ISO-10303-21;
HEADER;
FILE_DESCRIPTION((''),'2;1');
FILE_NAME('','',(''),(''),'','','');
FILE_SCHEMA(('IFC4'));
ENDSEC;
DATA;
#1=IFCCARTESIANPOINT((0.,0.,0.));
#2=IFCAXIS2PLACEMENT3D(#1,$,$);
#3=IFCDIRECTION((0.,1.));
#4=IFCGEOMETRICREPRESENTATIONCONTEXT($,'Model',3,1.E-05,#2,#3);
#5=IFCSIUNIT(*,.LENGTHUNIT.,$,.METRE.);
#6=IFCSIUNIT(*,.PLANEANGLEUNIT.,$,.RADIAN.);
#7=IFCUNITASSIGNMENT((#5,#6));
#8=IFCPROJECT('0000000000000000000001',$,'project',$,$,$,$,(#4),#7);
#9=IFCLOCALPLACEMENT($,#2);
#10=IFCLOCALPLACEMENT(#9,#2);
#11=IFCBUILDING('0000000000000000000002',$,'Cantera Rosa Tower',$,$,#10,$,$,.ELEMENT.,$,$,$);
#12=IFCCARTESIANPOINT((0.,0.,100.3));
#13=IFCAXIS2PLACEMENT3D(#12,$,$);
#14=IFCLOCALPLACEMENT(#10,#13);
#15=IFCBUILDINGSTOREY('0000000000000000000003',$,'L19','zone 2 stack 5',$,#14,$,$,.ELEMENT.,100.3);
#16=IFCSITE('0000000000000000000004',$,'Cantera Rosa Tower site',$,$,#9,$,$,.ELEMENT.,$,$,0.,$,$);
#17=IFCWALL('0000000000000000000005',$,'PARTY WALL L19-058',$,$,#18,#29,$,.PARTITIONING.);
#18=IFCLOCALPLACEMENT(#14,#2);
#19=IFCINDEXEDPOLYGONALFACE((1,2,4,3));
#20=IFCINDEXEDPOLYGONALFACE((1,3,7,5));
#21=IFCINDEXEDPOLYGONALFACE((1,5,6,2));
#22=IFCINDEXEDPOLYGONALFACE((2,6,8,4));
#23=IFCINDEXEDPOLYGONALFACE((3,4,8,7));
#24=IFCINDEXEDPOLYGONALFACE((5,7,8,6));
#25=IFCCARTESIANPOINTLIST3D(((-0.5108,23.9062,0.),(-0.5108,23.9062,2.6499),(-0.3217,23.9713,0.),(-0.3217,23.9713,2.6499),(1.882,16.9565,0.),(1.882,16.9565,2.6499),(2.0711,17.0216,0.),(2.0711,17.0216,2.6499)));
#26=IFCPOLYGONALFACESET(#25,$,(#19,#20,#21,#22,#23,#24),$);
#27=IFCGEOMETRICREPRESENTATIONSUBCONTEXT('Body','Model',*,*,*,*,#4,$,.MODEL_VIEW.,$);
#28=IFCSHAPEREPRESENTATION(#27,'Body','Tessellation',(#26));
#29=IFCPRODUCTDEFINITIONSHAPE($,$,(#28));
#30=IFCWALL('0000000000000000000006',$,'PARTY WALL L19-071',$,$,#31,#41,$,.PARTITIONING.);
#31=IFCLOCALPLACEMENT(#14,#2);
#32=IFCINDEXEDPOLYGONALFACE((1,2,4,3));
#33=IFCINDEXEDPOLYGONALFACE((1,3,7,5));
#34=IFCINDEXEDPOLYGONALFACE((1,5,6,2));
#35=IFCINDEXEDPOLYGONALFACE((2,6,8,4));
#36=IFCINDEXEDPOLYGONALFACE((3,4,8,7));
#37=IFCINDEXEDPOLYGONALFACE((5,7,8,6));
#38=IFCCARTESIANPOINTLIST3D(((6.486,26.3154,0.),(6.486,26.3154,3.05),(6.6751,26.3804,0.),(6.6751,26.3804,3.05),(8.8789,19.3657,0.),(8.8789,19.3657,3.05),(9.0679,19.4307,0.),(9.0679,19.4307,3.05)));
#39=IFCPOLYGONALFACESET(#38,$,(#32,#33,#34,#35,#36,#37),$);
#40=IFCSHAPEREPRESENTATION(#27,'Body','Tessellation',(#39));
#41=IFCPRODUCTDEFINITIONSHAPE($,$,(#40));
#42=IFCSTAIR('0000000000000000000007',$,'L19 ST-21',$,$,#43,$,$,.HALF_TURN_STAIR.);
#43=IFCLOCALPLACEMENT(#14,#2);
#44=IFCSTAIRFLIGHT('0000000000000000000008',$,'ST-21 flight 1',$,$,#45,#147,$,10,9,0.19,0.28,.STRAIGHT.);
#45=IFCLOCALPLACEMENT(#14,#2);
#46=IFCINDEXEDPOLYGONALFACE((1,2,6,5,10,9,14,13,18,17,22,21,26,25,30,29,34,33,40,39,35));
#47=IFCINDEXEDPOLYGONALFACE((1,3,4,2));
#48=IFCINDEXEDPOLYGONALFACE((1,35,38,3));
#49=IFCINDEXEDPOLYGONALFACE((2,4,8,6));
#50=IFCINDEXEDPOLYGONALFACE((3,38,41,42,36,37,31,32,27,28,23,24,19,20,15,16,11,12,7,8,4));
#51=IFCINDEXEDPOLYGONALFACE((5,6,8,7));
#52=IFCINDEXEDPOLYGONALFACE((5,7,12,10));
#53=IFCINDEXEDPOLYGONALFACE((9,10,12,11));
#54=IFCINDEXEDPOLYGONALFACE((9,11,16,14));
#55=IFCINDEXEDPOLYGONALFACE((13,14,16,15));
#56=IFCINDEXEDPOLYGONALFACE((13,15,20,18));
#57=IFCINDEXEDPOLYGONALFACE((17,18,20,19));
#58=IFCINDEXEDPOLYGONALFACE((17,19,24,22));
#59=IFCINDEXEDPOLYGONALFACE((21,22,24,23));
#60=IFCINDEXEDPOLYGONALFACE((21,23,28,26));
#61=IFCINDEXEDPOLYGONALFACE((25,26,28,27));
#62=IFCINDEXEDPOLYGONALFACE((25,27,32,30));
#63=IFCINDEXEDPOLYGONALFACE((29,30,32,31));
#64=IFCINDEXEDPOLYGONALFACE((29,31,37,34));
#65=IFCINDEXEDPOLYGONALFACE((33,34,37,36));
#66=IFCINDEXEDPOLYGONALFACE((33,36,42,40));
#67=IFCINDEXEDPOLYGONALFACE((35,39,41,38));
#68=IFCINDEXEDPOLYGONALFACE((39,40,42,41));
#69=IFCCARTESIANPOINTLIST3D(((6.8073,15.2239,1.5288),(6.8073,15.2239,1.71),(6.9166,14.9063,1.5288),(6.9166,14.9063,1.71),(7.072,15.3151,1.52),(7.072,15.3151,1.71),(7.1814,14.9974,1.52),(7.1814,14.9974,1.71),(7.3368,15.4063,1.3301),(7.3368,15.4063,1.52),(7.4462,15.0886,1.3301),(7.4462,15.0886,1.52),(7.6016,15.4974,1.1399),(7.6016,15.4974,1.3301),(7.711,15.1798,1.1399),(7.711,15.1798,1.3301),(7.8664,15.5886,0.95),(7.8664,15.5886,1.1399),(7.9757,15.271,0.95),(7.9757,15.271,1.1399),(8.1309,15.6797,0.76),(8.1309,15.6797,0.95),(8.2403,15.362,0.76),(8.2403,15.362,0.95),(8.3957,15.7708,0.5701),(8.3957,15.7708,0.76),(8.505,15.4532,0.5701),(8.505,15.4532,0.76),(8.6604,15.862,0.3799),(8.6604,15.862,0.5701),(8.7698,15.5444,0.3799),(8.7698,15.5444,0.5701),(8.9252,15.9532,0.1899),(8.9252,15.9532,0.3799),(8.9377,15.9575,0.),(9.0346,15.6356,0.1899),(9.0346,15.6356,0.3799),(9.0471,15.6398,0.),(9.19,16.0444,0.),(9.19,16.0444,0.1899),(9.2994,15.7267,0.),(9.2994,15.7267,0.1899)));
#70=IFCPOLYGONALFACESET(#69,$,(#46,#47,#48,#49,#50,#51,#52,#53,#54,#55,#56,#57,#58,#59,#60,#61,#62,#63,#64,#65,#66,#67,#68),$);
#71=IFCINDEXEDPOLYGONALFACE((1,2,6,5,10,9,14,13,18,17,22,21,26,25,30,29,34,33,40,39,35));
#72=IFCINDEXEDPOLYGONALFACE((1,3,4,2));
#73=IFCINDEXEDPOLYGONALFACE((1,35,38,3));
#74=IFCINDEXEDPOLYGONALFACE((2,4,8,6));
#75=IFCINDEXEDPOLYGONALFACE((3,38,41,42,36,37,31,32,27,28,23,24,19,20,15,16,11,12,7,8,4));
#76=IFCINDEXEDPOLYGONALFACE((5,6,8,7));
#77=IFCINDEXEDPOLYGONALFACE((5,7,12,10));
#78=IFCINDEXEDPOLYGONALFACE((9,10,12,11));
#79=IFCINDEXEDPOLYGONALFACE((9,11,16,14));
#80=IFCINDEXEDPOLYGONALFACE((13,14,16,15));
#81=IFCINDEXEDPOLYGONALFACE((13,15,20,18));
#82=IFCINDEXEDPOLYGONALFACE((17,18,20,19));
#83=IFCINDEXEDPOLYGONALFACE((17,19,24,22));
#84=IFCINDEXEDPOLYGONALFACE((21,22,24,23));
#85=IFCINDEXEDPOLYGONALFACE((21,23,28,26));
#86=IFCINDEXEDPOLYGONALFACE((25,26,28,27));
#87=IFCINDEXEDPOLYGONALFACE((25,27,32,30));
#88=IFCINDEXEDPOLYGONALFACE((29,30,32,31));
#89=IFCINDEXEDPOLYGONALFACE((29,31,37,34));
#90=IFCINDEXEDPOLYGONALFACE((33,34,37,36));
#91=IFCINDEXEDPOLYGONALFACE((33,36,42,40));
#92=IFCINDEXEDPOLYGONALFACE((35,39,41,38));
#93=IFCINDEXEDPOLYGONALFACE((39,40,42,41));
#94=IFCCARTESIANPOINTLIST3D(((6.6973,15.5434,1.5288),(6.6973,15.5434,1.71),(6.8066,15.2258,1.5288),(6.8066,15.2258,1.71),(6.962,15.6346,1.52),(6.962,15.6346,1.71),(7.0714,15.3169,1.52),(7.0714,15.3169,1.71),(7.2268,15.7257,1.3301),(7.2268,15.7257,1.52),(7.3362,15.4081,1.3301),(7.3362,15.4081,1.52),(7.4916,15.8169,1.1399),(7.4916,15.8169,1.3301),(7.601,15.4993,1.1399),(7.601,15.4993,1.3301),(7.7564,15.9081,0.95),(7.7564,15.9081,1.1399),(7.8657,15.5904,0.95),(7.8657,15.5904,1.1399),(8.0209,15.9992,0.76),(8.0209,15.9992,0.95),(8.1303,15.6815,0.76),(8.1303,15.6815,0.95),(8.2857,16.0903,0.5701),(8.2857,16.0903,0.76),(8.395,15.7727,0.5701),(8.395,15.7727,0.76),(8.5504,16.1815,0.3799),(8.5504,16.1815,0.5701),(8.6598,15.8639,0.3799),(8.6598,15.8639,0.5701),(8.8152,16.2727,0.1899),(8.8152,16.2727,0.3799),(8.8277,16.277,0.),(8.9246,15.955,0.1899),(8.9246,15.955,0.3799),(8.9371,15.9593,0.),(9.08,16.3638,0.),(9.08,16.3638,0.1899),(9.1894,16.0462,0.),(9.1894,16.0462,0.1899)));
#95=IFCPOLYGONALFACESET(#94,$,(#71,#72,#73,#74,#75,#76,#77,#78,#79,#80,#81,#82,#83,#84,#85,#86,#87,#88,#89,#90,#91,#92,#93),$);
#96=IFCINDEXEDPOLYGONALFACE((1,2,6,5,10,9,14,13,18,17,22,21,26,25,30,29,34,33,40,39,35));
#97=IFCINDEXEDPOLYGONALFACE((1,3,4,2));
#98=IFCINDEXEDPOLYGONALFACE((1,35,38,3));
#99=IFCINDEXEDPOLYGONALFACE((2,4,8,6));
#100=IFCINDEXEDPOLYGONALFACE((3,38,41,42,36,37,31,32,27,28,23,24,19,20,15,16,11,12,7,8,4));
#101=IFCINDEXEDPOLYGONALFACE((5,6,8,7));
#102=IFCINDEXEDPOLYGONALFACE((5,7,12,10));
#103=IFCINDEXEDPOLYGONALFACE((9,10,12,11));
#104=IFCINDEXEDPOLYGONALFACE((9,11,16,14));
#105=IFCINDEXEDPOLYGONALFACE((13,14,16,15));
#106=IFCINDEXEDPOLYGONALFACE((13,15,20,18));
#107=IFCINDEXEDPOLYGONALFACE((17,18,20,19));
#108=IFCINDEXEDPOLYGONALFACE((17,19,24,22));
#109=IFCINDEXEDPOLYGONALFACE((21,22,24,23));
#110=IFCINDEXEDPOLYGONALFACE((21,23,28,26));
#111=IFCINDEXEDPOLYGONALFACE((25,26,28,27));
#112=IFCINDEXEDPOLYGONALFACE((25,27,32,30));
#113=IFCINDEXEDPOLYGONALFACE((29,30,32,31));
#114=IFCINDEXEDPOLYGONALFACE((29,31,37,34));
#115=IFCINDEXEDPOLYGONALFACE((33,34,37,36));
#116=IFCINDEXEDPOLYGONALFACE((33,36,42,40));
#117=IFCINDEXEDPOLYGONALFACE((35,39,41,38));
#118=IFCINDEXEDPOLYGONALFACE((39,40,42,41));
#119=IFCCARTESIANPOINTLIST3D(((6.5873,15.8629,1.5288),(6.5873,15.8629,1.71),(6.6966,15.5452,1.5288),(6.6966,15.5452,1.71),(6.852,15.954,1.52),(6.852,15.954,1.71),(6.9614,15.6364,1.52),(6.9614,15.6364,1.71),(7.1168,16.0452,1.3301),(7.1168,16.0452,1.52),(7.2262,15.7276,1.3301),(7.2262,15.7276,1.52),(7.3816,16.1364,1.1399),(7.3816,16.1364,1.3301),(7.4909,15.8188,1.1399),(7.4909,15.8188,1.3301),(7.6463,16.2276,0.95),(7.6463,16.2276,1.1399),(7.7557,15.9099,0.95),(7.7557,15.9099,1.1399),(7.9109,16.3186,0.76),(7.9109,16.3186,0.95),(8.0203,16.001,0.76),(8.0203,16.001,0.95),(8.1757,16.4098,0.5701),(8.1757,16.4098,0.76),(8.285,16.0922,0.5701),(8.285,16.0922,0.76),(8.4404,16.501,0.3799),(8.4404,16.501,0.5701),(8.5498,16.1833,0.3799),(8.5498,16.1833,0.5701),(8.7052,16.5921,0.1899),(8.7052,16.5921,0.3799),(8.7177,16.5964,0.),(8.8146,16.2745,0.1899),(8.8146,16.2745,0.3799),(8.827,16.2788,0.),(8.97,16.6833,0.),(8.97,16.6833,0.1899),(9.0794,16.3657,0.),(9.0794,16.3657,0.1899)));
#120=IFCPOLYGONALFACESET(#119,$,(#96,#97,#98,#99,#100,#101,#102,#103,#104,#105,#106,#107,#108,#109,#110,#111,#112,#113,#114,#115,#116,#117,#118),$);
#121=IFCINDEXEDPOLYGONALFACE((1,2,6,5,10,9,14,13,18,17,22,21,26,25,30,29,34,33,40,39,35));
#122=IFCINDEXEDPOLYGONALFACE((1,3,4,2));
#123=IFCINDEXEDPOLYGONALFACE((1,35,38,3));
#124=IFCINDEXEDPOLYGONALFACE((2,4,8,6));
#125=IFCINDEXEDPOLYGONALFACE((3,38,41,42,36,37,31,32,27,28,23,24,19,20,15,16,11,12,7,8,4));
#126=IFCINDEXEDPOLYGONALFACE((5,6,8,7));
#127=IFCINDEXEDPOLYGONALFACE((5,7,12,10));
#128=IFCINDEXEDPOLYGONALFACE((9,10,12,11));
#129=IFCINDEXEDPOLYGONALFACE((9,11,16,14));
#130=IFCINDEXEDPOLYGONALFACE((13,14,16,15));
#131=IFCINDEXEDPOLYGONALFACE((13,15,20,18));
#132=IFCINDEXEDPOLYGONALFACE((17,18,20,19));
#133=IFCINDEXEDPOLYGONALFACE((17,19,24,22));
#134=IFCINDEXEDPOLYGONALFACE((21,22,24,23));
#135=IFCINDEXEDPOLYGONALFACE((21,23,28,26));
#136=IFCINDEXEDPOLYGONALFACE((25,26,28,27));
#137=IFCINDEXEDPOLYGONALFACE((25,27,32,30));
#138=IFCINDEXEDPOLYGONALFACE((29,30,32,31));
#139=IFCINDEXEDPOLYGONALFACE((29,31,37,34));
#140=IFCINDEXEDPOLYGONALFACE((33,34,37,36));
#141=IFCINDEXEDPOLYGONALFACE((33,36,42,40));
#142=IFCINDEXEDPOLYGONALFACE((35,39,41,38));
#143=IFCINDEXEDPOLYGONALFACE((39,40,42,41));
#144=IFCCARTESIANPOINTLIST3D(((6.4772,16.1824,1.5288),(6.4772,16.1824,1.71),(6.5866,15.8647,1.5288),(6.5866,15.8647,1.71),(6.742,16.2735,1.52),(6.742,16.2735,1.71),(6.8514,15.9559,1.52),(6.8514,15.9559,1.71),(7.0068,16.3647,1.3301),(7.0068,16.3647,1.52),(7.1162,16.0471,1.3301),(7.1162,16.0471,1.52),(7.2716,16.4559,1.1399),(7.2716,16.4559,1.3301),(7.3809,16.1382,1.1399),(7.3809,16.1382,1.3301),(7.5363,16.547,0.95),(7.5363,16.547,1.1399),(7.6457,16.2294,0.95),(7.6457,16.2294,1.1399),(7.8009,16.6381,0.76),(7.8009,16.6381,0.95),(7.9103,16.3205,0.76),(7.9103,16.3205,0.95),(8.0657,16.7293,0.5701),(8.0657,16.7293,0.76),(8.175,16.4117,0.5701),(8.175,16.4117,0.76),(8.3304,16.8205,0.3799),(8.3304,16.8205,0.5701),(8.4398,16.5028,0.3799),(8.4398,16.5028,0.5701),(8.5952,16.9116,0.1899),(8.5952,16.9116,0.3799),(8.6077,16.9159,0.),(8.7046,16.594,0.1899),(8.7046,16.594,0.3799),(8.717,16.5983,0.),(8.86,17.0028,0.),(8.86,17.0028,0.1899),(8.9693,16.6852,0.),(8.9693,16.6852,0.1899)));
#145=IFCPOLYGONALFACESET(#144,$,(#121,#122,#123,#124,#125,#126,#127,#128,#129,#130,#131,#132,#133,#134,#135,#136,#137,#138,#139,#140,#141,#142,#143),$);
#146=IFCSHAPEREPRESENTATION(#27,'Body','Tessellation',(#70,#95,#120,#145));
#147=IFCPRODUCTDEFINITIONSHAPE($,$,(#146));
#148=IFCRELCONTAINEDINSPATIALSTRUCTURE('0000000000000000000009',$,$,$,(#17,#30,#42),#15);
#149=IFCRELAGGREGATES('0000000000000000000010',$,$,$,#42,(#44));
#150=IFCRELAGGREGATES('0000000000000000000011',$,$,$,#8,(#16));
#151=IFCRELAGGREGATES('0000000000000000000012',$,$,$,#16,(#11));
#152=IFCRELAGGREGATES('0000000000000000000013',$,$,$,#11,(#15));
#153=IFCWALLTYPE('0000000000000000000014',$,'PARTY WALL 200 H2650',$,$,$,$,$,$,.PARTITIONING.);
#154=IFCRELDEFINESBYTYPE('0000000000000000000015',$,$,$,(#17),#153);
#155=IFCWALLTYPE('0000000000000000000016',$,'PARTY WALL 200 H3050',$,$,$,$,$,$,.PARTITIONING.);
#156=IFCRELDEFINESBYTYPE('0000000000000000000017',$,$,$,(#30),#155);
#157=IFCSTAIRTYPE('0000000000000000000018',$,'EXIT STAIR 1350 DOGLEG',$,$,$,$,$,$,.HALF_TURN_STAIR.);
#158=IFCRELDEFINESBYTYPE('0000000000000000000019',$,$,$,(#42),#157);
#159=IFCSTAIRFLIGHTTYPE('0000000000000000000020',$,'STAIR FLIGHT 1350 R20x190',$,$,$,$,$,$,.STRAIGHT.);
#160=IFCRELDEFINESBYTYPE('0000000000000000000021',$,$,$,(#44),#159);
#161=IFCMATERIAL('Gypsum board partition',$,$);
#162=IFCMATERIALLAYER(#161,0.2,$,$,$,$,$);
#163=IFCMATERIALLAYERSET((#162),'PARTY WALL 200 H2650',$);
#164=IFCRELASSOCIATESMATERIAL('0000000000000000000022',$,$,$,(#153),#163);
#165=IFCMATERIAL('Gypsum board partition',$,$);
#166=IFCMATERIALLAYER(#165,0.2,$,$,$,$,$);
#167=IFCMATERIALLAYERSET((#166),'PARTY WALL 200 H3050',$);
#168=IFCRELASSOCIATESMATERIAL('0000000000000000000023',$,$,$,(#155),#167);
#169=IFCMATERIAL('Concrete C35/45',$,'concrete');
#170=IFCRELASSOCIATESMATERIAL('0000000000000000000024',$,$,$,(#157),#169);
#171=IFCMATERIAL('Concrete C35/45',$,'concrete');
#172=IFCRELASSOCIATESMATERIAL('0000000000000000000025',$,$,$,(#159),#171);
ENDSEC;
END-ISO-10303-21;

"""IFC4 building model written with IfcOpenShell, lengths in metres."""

from ifc_helpers import new_model, si_unit, direction, frame, frame_2d, origin, place, context, subcontext, project, spatial, polyline, rectangle, outline, extrude, material, layer, layer_set, type_object, element, aggregate, save


model = new_model("IFC4")

# Units and contexts
model_context = context("Model", 3, precision=1e-05, world=origin(), true_north=direction((0.0, 1.0)))
body_context = subcontext(model_context, "Body", "Model", "MODEL_VIEW")
ifc_project = project(units=[si_unit("LENGTHUNIT", "METRE"), si_unit("PLANEANGLEUNIT", "RADIAN")], contexts=[model_context])

# Site, building, storey
site_placement = place(None, origin())
site = spatial("IfcSite", under=ifc_project, at=site_placement, Name="Cantera Rosa Tower site", CompositionType="ELEMENT", RefElevation=0.0)
building_placement = place(site_placement, origin())
building = spatial("IfcBuilding", under=site, at=building_placement, Name="Cantera Rosa Tower", CompositionType="ELEMENT")
storey_placement = place(building_placement, frame((0.0, 0.0, 100.3)))
storey = spatial("IfcBuildingStorey", under=building, at=storey_placement, Name="L19", Description="zone 2 stack 5", CompositionType="ELEMENT", Elevation=100.3)

# Walls
ifc_material_1 = material(Name="Gypsum board partition")
ifc_layer_1 = layer(ifc_material_1, 0.2)
ifc_layer_set_1 = layer_set([ifc_layer_1], Name="PARTY WALL 200 H2650")
wall_type_1 = type_object("IfcWallType", Name="PARTY WALL 200 H2650", PredefinedType="PARTITIONING", material=ifc_layer_set_1)
wall_1_placement = place(storey_placement, frame((1.9766, 16.989, 0.0), z_axis=(0.0, 0.0, 1.0), x_axis=(-0.325549, 0.945525, 0.0)))
element("IfcWall", 1, at=wall_1_placement, inside=storey, type_object=wall_type_1, Name="PARTY WALL L19-058", PredefinedType="PARTITIONING", context=body_context, shape_type="SweptSolid", body=[
    extrude(rectangle(XDim=7.3501, YDim=0.2, at=frame_2d((3.675, 0.0))), origin(), (0.0, 0.0, 1.0), 2.6499),
])
ifc_material_2 = material(Name="Gypsum board partition")
ifc_layer_2 = layer(ifc_material_2, 0.2)
ifc_layer_set_2 = layer_set([ifc_layer_2], Name="PARTY WALL 200 H3050")
wall_type_2 = type_object("IfcWallType", Name="PARTY WALL 200 H3050", PredefinedType="PARTITIONING", material=ifc_layer_set_2)
wall_2_placement = place(storey_placement, frame((6.5806, 26.3479, 0.0), z_axis=(0.0, 0.0, 1.0), x_axis=(0.325549, -0.945525, 0.0)))
element("IfcWall", 2, at=wall_2_placement, inside=storey, type_object=wall_type_2, Name="PARTY WALL L19-071", PredefinedType="PARTITIONING", context=body_context, shape_type="SweptSolid", body=[
    extrude(rectangle(XDim=7.3501, YDim=0.2, at=frame_2d((3.675, 0.0))), origin(), (0.0, 0.0, 1.0), 3.05),
])

# Stair, stair flight
ifc_material_3 = material(Name="Concrete C35/45", Category="concrete")
stair_type = type_object("IfcStairType", Name="EXIT STAIR 1350 DOGLEG", PredefinedType="HALF_TURN_STAIR", material=ifc_material_3)
stair_placement = place(storey_placement, origin())
stair = element("IfcStair", 3, at=stair_placement, inside=storey, type_object=stair_type, Name="L19 ST-21", PredefinedType="HALF_TURN_STAIR")
ifc_material_4 = material(Name="Concrete C35/45", Category="concrete")
stair_flight_type = type_object("IfcStairFlightType", Name="STAIR FLIGHT 1350 R20x190", PredefinedType="STRAIGHT", material=ifc_material_4)
stair_flight_placement = place(storey_placement, frame((9.0796, 16.365, 0.0), z_axis=(0.0, 0.0, 1.0), x_axis=(-0.945519, -0.325568, 0.0)))
stair_flight = element("IfcStairFlight", 4, at=stair_flight_placement, type_object=stair_flight_type, Name="ST-21 flight 1", NumberOfRisers=10, NumberOfTreads=9, PredefinedType="STRAIGHT", RiserHeight=0.19, TreadLength=0.28, context=body_context, shape_type="SweptSolid", body=[
    extrude(outline(polyline([(0.0, 0.0), (0.0, 0.1899), (0.28, 0.1899), (0.28, 0.3799), (0.5601, 0.3799), (0.5601, 0.5701), (0.8401, 0.5701), (0.8401, 0.76), (1.1201, 0.76), (1.1201, 0.95), (1.3999, 0.95), (1.3999, 1.1399), (1.6799, 1.1399), (1.6799, 1.3301), (1.96, 1.3301), (1.96, 1.52), (2.24, 1.52), (2.24, 1.71), (2.52, 1.71), (2.52, 1.8999), (2.52, 1.5288), (0.2668, 0.0), (0.0, 0.0)])), frame((0.0, 0.675, 0.0), z_axis=(0.0, -1.0, 0.0), x_axis=(1.0, 0.0, 0.0)), (0.0, 0.0, 1.0), 0.3359),
    extrude(outline(polyline([(0.0, 0.0), (0.0, 0.1899), (0.28, 0.1899), (0.28, 0.3799), (0.5601, 0.3799), (0.5601, 0.5701), (0.8401, 0.5701), (0.8401, 0.76), (1.1201, 0.76), (1.1201, 0.95), (1.3999, 0.95), (1.3999, 1.1399), (1.6799, 1.1399), (1.6799, 1.3301), (1.96, 1.3301), (1.96, 1.52), (2.24, 1.52), (2.24, 1.71), (2.52, 1.71), (2.52, 1.8999), (2.52, 1.5288), (0.2668, 0.0), (0.0, 0.0)])), frame((0.0, 0.3372, 0.0), z_axis=(0.0, -1.0, 0.0), x_axis=(1.0, 0.0, 0.0)), (0.0, 0.0, 1.0), 0.3359),
    extrude(outline(polyline([(0.0, 0.0), (0.0, 0.1899), (0.28, 0.1899), (0.28, 0.3799), (0.5601, 0.3799), (0.5601, 0.5701), (0.8401, 0.5701), (0.8401, 0.76), (1.1201, 0.76), (1.1201, 0.95), (1.3999, 0.95), (1.3999, 1.1399), (1.6799, 1.1399), (1.6799, 1.3301), (1.96, 1.3301), (1.96, 1.52), (2.24, 1.52), (2.24, 1.71), (2.52, 1.71), (2.52, 1.8999), (2.52, 1.5288), (0.2668, 0.0), (0.0, 0.0)])), frame((0.0, -0.0007, 0.0), z_axis=(0.0, -1.0, 0.0), x_axis=(1.0, 0.0, 0.0)), (0.0, 0.0, 1.0), 0.3359),
    extrude(outline(polyline([(0.0, 0.0), (0.0, 0.1899), (0.28, 0.1899), (0.28, 0.3799), (0.5601, 0.3799), (0.5601, 0.5701), (0.8401, 0.5701), (0.8401, 0.76), (1.1201, 0.76), (1.1201, 0.95), (1.3999, 0.95), (1.3999, 1.1399), (1.6799, 1.1399), (1.6799, 1.3301), (1.96, 1.3301), (1.96, 1.52), (2.24, 1.52), (2.24, 1.71), (2.52, 1.71), (2.52, 1.8999), (2.52, 1.5288), (0.2668, 0.0), (0.0, 0.0)])), frame((0.0, -0.3386, 0.0), z_axis=(0.0, -1.0, 0.0), x_axis=(1.0, 0.0, 0.0)), (0.0, 0.0, 1.0), 0.3359),
])
aggregate(stair, [stair_flight])

save(model, "model.ifc")
